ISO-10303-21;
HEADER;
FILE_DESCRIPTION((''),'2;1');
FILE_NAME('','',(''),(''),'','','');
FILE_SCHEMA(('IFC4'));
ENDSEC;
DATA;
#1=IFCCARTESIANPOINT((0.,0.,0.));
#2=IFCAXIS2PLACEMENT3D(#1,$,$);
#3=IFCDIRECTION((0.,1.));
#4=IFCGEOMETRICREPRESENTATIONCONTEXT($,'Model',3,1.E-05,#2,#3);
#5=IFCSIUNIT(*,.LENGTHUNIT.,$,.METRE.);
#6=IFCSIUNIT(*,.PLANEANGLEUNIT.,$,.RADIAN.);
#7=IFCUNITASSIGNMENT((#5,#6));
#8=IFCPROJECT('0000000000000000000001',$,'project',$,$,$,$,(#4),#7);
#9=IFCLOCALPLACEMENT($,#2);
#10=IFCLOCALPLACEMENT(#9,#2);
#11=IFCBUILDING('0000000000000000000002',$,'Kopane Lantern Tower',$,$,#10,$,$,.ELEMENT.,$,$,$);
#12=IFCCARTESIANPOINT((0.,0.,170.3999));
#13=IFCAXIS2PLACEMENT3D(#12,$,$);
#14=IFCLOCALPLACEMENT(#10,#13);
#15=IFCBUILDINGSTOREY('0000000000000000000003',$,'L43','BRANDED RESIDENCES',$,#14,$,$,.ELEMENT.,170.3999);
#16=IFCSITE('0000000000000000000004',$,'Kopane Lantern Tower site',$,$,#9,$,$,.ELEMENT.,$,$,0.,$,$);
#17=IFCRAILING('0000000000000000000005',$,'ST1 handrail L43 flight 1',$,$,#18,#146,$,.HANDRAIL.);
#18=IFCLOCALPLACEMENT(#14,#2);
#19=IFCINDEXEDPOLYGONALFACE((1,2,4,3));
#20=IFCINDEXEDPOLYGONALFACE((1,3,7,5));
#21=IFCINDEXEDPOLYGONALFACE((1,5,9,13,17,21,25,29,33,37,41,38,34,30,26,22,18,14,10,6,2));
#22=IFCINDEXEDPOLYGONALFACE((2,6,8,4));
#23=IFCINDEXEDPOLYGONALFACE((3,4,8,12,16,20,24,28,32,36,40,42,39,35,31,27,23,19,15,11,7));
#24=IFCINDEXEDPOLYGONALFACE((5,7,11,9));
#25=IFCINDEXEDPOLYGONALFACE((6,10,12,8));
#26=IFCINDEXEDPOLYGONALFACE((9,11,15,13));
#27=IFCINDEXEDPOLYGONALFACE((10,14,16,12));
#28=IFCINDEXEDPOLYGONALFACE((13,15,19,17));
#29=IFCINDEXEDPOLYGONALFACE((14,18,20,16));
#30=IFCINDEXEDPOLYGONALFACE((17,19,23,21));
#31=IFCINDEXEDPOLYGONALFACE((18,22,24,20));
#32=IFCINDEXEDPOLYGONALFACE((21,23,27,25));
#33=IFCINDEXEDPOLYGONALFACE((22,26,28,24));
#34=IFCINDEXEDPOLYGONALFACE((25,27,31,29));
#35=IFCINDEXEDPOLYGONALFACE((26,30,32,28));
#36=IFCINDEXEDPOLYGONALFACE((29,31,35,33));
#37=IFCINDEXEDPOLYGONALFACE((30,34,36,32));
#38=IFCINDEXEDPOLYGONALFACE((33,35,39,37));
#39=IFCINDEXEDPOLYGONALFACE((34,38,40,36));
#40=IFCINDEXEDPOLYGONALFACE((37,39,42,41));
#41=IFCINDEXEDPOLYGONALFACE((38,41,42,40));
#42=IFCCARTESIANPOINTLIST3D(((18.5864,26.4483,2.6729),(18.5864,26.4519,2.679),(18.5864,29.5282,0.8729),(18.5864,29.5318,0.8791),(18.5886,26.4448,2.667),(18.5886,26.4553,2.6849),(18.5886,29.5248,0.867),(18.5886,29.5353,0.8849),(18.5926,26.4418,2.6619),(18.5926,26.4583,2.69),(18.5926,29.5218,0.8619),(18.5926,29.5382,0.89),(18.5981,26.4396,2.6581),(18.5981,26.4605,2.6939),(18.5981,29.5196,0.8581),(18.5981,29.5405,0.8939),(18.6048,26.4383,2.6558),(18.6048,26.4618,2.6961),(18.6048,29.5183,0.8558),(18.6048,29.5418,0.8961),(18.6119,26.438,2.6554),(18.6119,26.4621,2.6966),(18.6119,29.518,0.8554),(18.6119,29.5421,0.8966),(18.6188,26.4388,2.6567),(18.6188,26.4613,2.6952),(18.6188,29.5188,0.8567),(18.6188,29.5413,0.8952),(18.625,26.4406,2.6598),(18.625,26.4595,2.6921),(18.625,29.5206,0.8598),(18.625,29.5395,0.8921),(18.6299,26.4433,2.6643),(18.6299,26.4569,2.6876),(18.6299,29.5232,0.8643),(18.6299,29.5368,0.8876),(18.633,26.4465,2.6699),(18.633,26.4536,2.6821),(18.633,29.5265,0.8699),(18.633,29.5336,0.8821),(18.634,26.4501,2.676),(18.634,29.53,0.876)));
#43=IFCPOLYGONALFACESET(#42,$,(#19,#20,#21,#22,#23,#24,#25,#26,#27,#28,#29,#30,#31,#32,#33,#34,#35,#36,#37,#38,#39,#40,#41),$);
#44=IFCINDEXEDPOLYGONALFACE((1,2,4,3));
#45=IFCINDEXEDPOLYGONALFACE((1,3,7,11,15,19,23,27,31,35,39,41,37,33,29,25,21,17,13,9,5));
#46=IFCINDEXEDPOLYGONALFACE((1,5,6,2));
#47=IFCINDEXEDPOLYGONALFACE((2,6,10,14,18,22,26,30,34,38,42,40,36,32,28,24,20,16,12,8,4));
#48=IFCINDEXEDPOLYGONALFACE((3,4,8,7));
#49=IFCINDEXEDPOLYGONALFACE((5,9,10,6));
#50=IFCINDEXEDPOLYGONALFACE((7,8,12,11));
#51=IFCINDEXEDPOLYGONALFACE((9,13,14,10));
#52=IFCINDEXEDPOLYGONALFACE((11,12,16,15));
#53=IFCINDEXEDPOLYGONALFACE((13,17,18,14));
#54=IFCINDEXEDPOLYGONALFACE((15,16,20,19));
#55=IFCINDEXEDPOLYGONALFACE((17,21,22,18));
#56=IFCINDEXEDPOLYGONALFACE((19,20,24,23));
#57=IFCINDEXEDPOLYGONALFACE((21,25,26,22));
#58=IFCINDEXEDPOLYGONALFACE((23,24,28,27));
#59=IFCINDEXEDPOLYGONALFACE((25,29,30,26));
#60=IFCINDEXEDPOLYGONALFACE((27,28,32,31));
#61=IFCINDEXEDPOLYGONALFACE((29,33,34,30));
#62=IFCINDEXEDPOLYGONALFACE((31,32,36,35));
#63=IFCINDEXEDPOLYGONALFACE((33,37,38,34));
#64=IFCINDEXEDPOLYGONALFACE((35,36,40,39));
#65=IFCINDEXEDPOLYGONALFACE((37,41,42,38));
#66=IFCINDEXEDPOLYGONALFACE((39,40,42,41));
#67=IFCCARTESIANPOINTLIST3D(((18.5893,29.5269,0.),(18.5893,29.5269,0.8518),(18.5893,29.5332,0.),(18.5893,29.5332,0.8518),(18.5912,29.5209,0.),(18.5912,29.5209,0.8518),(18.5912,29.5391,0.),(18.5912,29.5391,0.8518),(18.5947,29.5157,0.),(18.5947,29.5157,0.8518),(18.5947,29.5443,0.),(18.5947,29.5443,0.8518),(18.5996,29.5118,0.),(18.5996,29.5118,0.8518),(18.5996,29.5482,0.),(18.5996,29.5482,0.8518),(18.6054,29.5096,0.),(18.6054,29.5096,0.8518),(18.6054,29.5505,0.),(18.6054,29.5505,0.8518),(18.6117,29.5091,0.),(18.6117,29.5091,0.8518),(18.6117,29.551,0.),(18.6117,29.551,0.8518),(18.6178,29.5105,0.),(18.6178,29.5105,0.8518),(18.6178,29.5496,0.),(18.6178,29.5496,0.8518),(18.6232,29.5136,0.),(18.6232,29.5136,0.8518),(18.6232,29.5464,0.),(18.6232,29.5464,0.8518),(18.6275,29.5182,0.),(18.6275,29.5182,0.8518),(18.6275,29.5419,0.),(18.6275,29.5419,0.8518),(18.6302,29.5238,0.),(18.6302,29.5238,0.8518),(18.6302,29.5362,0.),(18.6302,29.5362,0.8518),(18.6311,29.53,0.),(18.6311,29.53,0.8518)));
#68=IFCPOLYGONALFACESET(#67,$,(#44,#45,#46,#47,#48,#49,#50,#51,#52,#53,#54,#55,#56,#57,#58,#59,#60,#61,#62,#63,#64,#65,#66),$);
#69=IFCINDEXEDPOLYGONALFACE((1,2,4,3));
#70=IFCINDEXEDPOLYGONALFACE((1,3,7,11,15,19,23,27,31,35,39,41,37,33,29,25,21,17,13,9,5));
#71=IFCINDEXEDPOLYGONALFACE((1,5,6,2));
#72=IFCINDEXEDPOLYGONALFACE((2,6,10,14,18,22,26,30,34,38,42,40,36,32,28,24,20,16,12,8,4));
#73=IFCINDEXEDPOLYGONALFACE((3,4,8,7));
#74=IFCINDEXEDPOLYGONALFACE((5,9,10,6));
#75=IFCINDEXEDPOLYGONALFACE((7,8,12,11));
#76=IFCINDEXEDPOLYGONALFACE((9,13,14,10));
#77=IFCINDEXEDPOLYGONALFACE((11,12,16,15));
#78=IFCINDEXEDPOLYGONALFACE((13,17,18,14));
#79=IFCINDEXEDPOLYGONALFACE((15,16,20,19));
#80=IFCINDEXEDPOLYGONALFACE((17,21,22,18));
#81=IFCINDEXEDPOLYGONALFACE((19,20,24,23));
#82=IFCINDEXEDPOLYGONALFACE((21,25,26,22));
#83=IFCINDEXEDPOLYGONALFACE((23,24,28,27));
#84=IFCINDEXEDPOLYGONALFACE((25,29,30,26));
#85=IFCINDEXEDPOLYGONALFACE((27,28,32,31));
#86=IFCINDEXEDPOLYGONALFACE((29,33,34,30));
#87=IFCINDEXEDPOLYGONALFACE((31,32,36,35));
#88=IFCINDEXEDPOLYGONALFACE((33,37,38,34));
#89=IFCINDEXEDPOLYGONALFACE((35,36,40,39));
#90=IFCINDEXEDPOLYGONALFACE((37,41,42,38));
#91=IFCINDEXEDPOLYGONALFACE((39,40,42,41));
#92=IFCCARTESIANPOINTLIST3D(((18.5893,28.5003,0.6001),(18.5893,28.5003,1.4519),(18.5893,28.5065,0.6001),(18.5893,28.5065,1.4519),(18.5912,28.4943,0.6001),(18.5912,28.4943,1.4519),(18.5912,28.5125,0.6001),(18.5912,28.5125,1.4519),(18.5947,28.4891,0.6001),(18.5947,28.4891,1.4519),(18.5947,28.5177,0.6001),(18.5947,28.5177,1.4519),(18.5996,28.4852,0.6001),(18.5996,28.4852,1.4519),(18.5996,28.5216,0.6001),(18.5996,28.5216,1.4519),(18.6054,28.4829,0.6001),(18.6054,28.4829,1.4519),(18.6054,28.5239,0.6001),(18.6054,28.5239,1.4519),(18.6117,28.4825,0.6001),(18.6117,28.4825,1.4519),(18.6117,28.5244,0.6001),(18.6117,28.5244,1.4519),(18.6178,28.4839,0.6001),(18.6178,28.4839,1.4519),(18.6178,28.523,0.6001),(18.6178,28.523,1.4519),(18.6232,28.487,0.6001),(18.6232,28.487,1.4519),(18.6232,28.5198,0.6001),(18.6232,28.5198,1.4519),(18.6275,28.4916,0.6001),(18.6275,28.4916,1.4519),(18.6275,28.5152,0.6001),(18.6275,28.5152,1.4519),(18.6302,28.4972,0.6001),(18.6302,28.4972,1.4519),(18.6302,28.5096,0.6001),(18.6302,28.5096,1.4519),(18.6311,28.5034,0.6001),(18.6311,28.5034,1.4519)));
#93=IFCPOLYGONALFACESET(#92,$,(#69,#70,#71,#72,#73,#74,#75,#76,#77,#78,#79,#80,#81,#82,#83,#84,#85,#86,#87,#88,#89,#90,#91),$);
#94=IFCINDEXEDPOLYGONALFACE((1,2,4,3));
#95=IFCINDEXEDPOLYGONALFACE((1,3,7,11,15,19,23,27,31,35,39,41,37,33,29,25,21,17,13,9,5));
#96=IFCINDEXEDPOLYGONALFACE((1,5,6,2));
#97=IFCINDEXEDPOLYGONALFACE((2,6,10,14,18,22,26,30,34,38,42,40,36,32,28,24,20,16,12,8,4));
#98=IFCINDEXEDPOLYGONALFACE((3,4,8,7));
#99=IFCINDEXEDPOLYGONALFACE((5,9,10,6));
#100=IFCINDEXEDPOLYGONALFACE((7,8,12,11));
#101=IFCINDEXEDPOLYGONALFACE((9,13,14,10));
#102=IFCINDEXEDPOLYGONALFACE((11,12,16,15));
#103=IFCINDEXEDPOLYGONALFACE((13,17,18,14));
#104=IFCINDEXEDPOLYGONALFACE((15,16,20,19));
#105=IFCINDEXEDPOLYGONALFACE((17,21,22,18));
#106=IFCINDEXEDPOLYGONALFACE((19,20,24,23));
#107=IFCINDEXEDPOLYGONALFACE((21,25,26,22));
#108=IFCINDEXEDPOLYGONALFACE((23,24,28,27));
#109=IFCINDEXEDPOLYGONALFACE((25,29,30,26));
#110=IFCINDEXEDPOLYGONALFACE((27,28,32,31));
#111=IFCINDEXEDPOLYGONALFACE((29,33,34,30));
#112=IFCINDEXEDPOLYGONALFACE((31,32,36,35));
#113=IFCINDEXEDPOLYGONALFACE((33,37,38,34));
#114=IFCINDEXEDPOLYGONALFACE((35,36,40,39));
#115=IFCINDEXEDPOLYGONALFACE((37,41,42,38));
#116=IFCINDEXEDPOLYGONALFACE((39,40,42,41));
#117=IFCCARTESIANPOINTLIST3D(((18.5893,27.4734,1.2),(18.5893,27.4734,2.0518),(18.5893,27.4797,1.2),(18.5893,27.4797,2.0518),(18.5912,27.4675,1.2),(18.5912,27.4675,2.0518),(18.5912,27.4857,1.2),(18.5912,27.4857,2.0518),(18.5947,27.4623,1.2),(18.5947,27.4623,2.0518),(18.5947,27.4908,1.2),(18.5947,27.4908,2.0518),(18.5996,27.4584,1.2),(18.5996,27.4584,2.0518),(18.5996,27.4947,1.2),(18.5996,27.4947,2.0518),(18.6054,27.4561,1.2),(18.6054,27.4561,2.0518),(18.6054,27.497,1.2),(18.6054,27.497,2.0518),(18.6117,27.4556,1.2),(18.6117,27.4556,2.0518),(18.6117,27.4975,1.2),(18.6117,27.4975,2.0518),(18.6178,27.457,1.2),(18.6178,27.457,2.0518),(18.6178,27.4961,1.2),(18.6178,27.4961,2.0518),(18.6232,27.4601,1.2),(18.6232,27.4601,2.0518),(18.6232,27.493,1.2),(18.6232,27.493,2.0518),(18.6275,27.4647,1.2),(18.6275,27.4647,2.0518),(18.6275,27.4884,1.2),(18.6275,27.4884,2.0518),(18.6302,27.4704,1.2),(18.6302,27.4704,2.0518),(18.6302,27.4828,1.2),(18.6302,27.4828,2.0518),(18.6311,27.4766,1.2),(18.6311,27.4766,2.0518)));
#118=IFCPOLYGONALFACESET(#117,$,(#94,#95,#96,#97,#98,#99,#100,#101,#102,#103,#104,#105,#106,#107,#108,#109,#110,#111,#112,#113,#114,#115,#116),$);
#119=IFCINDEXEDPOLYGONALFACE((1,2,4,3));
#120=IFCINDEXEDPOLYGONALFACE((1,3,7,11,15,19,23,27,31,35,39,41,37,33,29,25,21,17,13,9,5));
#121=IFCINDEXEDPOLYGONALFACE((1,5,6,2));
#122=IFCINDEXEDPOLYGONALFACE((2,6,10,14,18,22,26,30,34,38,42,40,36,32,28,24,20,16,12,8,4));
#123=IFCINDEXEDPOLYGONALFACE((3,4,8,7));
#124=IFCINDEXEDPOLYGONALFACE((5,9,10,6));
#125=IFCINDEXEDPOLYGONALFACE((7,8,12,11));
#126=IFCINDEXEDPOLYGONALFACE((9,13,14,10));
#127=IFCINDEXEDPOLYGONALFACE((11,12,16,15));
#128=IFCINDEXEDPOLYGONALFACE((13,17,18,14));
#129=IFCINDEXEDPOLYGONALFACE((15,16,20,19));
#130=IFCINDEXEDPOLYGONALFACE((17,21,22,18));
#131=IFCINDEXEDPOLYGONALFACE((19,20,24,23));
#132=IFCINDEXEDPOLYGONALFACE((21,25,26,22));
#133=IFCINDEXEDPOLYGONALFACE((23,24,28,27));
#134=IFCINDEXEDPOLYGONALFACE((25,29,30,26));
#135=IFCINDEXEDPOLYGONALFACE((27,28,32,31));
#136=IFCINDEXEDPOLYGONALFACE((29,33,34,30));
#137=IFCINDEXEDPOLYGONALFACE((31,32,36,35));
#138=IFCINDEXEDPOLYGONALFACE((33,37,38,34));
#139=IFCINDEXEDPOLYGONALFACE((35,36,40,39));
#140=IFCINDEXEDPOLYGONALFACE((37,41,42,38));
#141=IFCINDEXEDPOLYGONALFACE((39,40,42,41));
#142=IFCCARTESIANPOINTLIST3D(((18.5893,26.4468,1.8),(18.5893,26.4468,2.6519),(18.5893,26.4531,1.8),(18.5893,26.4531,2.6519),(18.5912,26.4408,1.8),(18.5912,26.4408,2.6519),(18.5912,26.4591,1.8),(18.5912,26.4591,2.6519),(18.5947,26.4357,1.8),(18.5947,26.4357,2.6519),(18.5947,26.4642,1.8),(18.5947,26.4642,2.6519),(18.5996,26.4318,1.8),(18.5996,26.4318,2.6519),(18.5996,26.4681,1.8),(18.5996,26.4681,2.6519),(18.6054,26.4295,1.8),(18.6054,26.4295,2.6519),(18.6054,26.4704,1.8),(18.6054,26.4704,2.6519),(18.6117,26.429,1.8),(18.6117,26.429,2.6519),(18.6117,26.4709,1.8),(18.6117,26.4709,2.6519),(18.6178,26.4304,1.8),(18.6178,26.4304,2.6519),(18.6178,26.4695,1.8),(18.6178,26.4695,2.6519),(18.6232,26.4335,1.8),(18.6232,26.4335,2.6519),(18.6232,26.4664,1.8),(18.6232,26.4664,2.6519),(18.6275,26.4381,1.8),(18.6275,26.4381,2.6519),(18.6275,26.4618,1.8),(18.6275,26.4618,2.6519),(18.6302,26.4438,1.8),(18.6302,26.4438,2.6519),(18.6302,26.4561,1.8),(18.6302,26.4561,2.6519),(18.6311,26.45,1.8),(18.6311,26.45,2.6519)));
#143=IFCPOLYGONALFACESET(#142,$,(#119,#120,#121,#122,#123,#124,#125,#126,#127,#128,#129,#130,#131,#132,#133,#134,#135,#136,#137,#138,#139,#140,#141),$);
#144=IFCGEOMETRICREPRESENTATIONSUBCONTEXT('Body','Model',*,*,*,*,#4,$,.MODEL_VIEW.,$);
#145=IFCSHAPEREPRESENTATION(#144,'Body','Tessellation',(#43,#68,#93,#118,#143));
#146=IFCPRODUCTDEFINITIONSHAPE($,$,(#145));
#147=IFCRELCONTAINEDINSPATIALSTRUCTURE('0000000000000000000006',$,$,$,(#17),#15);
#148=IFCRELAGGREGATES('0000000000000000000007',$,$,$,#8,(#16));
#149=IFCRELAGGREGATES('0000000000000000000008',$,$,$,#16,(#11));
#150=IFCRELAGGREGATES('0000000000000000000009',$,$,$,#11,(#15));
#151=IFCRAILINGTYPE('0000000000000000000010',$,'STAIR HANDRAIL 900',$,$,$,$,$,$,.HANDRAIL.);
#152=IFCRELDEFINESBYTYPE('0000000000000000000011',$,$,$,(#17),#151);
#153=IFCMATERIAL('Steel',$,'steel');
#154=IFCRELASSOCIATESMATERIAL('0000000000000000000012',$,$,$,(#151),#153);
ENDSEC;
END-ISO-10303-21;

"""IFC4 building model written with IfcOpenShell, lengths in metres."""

from ifc_helpers import new_model, si_unit, direction, frame, origin, origin_2d, place, context, subcontext, project, spatial, circle, extrude, material, type_object, element, save


model = new_model("IFC4")

# Units and contexts
model_context = context("Model", 3, precision=1e-05, world=origin(), true_north=direction((0.0, 1.0)))
body_context = subcontext(model_context, "Body", "Model", "MODEL_VIEW")
ifc_project = project(units=[si_unit("LENGTHUNIT", "METRE"), si_unit("PLANEANGLEUNIT", "RADIAN")], contexts=[model_context])

# Site, building, storey
site_placement = place(None, origin())
site = spatial("IfcSite", under=ifc_project, at=site_placement, Name="Kopane Lantern Tower site", CompositionType="ELEMENT", RefElevation=0.0)
building_placement = place(site_placement, origin())
building = spatial("IfcBuilding", under=site, at=building_placement, Name="Kopane Lantern Tower", CompositionType="ELEMENT")
storey_placement = place(building_placement, frame((0.0, 0.0, 170.3999)))
storey = spatial("IfcBuildingStorey", under=building, at=storey_placement, Name="L43", Description="BRANDED RESIDENCES", CompositionType="ELEMENT", Elevation=170.3999)

# Railing
ifc_material_1 = material(Name="Steel", Category="steel")
railing_type_1 = type_object("IfcRailingType", Name="STAIR HANDRAIL 900", PredefinedType="HANDRAIL", material=ifc_material_1)
for number, where, name in (
    (1, (18.6101, 29.53, 0.0), "ST1 handrail L43 flight 1"),
):
    element("IfcRailing", number, at=place(storey_placement, frame(where)), inside=storey, type_object=railing_type_1, Name=name, PredefinedType="HANDRAIL", context=body_context, shape_type="SweptSolid", body=[
        extrude(circle(Radius=0.0239, at=origin_2d()), frame((0.0, 0.0, 0.876), z_axis=(0.0, -0.863372, 0.504569), x_axis=(1.0, 0.0, 0.0)), (0.0, 0.0, 1.0), 3.5674),
        extrude(circle(Radius=0.021, at=origin_2d()), origin(), (0.0, 0.0, 1.0), 0.8518),
        extrude(circle(Radius=0.021, at=origin_2d()), frame((0.0, -1.0266, 0.6001)), (0.0, 0.0, 1.0), 0.8518),
        extrude(circle(Radius=0.021, at=origin_2d()), frame((0.0, -2.0535, 1.2)), (0.0, 0.0, 1.0), 0.8518),
        extrude(circle(Radius=0.021, at=origin_2d()), frame((0.0, -3.0801, 1.8)), (0.0, 0.0, 1.0), 0.8518),
    ])

save(model, "model.ifc")
